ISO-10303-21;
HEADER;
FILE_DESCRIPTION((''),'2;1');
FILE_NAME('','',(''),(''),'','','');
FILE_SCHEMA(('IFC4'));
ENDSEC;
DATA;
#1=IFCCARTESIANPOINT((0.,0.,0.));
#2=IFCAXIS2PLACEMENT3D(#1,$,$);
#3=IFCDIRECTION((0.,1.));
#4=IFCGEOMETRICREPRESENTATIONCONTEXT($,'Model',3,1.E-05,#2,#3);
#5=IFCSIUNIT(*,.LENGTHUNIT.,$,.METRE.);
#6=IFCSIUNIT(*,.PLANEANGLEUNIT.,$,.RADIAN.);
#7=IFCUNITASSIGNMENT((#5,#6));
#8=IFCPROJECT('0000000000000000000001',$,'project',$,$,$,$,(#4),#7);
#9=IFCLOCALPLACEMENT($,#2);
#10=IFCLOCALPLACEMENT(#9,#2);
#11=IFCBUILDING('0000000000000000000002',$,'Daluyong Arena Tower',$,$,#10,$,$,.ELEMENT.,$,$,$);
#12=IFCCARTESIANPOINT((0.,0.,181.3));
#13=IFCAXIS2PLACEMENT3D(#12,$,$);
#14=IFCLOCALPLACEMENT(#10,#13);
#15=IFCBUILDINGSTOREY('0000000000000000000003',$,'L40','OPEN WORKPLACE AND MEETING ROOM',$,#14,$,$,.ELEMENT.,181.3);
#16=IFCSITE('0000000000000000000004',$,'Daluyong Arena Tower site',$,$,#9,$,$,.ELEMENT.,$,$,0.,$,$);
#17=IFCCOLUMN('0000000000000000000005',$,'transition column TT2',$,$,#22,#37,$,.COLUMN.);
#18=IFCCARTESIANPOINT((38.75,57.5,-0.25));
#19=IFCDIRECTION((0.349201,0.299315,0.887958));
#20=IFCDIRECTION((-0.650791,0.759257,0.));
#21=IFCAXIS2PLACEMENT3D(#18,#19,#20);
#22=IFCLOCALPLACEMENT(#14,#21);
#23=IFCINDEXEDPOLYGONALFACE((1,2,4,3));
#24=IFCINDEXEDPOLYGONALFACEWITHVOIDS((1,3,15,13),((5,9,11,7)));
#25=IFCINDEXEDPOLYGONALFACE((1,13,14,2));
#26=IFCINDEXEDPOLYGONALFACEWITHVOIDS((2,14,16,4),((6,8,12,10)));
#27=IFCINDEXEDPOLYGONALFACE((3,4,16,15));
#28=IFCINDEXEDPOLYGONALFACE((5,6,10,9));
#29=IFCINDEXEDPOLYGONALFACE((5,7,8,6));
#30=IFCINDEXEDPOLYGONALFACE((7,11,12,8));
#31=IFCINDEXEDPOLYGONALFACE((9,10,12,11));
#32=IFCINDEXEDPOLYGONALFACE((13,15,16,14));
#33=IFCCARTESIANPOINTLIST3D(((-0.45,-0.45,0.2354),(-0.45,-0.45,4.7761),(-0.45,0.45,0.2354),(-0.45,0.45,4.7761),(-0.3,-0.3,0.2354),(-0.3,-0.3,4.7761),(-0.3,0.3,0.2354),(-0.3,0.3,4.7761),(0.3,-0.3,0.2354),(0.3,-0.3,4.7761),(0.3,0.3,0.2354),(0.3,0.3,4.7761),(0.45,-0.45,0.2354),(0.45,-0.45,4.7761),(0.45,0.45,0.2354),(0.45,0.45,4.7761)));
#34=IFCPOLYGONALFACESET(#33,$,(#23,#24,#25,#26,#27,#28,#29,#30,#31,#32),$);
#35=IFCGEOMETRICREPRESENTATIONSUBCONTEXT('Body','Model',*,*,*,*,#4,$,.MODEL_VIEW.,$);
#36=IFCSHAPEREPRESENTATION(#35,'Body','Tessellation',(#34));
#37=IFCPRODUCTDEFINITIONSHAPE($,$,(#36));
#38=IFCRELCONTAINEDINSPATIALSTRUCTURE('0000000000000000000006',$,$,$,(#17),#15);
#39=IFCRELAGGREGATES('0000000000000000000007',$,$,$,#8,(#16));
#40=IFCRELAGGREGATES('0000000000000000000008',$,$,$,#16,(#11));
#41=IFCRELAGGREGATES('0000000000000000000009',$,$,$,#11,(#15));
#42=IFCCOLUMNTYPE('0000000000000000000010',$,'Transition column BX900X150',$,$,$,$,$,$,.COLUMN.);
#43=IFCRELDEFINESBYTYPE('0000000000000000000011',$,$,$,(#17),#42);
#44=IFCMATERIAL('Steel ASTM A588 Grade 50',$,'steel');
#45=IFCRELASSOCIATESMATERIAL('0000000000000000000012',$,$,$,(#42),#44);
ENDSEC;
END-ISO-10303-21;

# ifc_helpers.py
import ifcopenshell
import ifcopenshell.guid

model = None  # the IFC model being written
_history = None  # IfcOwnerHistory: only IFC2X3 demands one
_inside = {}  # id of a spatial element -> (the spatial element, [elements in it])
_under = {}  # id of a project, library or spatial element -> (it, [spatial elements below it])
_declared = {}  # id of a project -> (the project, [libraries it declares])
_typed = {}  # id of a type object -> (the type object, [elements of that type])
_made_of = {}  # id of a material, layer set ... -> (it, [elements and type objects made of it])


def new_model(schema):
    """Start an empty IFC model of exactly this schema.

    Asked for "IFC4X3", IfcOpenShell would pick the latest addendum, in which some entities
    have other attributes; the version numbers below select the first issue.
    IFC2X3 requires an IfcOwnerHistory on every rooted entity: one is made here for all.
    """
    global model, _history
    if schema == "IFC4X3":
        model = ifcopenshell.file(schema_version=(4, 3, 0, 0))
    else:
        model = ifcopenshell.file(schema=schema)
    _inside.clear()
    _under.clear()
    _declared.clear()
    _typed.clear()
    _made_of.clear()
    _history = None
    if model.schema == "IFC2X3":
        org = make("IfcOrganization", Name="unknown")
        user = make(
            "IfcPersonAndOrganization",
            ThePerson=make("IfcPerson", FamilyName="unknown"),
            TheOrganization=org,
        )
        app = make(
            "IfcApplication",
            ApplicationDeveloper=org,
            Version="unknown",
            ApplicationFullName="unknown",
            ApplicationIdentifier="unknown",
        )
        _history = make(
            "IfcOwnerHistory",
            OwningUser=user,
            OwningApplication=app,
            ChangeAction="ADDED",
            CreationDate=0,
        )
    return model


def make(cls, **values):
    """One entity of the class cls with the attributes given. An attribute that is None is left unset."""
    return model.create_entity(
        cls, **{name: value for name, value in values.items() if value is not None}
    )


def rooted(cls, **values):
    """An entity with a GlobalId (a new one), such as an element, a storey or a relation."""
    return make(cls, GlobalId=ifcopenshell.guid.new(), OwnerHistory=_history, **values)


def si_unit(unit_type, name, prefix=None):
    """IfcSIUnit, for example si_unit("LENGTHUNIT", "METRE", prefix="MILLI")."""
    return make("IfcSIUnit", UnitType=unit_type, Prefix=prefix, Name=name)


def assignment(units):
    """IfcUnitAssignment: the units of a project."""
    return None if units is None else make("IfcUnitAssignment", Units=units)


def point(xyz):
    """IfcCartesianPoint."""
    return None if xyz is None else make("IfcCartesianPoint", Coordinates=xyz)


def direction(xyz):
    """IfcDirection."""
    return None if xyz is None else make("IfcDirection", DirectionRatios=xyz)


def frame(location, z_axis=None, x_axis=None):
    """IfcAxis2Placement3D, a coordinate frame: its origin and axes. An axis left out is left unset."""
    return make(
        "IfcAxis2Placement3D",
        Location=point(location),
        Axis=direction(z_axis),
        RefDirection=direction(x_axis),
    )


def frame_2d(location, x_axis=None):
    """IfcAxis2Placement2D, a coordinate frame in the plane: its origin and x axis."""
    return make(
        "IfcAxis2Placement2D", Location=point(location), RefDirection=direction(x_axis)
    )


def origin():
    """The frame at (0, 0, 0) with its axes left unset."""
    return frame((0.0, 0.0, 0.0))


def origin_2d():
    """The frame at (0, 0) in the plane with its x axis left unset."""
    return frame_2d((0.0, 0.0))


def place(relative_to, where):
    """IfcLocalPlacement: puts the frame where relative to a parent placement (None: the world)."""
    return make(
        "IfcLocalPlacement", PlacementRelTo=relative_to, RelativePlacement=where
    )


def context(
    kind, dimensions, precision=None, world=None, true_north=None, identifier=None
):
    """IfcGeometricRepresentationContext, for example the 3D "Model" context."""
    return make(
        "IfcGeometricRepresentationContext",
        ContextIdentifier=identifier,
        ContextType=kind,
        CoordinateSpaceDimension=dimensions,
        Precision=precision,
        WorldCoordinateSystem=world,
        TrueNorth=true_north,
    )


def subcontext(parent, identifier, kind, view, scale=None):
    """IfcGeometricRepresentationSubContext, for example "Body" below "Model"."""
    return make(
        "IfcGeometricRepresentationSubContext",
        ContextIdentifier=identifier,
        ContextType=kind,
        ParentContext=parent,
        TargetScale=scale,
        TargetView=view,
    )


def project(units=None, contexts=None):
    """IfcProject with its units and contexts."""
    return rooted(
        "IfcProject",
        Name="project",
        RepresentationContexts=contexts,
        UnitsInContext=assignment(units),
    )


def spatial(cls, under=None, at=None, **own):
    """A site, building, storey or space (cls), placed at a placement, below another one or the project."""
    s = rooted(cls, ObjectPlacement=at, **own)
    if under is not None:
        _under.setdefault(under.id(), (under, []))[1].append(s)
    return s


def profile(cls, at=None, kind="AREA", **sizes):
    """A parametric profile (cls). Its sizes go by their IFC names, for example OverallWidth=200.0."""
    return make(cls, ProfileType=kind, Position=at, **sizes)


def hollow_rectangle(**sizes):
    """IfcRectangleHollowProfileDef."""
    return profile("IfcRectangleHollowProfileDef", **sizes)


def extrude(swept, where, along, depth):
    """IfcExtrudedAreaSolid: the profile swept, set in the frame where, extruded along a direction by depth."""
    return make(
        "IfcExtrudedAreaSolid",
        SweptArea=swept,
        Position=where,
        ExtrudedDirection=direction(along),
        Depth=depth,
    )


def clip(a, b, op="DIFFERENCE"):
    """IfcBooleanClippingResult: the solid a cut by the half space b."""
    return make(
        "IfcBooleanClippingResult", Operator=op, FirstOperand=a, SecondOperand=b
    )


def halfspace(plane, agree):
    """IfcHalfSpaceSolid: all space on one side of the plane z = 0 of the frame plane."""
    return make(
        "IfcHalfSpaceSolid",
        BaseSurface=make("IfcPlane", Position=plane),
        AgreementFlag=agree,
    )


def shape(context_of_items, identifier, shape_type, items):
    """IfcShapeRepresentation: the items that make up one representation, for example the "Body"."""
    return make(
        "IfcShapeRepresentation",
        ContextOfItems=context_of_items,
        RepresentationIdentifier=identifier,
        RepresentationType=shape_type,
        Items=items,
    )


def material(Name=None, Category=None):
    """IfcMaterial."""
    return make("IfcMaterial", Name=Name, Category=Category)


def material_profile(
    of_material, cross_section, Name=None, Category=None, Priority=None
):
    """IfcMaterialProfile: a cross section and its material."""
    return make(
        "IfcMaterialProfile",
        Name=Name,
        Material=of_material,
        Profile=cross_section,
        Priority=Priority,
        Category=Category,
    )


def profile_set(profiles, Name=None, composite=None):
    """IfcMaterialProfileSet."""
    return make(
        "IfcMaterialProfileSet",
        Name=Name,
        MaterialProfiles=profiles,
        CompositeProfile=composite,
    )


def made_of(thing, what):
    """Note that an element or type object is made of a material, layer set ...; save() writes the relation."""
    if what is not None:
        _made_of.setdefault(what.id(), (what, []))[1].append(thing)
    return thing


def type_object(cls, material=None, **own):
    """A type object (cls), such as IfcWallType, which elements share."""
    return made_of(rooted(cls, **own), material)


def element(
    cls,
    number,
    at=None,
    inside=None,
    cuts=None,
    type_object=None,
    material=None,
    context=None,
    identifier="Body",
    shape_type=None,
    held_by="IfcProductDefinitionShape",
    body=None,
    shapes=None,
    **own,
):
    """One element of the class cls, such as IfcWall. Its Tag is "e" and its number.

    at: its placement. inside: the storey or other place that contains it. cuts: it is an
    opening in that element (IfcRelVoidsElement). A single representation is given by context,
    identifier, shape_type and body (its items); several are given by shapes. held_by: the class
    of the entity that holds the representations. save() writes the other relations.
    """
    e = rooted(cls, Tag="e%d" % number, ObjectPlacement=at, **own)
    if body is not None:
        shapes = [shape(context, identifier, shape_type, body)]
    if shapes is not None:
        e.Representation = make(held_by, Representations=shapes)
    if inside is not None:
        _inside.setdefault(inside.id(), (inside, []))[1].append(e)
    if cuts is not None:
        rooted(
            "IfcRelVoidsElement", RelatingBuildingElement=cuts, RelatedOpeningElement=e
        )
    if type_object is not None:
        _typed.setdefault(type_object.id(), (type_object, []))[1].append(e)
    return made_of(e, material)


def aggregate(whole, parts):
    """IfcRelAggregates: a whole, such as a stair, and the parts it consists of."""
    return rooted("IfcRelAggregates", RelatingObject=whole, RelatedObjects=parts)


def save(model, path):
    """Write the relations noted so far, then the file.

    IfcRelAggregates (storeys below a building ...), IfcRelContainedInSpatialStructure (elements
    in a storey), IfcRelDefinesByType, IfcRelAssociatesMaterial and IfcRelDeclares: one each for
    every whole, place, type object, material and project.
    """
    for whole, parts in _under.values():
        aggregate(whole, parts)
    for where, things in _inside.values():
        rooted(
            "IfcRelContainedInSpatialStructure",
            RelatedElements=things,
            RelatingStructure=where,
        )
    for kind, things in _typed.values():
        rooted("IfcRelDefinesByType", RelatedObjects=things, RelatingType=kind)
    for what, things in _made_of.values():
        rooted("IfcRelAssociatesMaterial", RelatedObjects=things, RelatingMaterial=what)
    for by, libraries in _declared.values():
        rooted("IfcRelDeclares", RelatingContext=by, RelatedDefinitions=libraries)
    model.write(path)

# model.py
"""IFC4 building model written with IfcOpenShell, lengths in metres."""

from ifc_helpers import new_model, si_unit, direction, frame, origin, origin_2d, place, context, subcontext, project, spatial, hollow_rectangle, extrude, clip, halfspace, material, material_profile, profile_set, type_object, element, save


model = new_model("IFC4")

# Units and contexts
model_context = context("Model", 3, precision=1e-05, world=origin(), true_north=direction((0.0, 1.0)))
body_context = subcontext(model_context, "Body", "Model", "MODEL_VIEW")
ifc_project = project(units=[si_unit("LENGTHUNIT", "METRE"), si_unit("PLANEANGLEUNIT", "RADIAN")], contexts=[model_context])

# Site, building, storey
site_placement = place(None, origin())
site = spatial("IfcSite", under=ifc_project, at=site_placement, Name="Daluyong Arena Tower site", CompositionType="ELEMENT", RefElevation=0.0)
building_placement = place(site_placement, origin())
building = spatial("IfcBuilding", under=site, at=building_placement, Name="Daluyong Arena Tower", CompositionType="ELEMENT")
storey_placement = place(building_placement, frame((0.0, 0.0, 181.3)))
storey = spatial("IfcBuildingStorey", under=building, at=storey_placement, Name="L40", Description="OPEN WORKPLACE AND MEETING ROOM", CompositionType="ELEMENT", Elevation=181.3)

# Column
ifc_material_1 = material(Name="Steel ASTM A588 Grade 50", Category="steel")
ifc_material_profile_1 = material_profile(ifc_material_1, hollow_rectangle(XDim=0.8999, YDim=0.8999, WallThickness=0.15, at=origin_2d()))
ifc_profile_set_1 = profile_set([ifc_material_profile_1], Name="Steel ASTM A588 Grade 50")
column_type = type_object("IfcColumnType", Name="Transition column BX900X150", PredefinedType="COLUMN", material=ifc_profile_set_1)
column_placement = place(storey_placement, frame((38.75, 57.5, -0.25), z_axis=(0.349201, 0.299315, 0.887958), x_axis=(-0.650791, 0.759257, 0.0)))
element("IfcColumn", 1, at=column_placement, inside=storey, type_object=column_type, Name="transition column TT2", PredefinedType="COLUMN", context=body_context, shape_type="Clipping", body=[
    clip(clip(extrude(hollow_rectangle(XDim=0.8999, YDim=0.8999, WallThickness=0.15, at=origin_2d()), origin(), (0.0, 0.0, 1.0), 5.0115), halfspace(frame((0.0, 0.0, 0.2354), z_axis=(0.0, 0.0, 1.0), x_axis=(1.0, 0.0, 0.0)), True)), halfspace(frame((0.0, 0.0, 4.7761), z_axis=(0.0, 0.0, -1.0), x_axis=(1.0, 0.0, 0.0)), True)),
])

save(model, "model.ifc")
